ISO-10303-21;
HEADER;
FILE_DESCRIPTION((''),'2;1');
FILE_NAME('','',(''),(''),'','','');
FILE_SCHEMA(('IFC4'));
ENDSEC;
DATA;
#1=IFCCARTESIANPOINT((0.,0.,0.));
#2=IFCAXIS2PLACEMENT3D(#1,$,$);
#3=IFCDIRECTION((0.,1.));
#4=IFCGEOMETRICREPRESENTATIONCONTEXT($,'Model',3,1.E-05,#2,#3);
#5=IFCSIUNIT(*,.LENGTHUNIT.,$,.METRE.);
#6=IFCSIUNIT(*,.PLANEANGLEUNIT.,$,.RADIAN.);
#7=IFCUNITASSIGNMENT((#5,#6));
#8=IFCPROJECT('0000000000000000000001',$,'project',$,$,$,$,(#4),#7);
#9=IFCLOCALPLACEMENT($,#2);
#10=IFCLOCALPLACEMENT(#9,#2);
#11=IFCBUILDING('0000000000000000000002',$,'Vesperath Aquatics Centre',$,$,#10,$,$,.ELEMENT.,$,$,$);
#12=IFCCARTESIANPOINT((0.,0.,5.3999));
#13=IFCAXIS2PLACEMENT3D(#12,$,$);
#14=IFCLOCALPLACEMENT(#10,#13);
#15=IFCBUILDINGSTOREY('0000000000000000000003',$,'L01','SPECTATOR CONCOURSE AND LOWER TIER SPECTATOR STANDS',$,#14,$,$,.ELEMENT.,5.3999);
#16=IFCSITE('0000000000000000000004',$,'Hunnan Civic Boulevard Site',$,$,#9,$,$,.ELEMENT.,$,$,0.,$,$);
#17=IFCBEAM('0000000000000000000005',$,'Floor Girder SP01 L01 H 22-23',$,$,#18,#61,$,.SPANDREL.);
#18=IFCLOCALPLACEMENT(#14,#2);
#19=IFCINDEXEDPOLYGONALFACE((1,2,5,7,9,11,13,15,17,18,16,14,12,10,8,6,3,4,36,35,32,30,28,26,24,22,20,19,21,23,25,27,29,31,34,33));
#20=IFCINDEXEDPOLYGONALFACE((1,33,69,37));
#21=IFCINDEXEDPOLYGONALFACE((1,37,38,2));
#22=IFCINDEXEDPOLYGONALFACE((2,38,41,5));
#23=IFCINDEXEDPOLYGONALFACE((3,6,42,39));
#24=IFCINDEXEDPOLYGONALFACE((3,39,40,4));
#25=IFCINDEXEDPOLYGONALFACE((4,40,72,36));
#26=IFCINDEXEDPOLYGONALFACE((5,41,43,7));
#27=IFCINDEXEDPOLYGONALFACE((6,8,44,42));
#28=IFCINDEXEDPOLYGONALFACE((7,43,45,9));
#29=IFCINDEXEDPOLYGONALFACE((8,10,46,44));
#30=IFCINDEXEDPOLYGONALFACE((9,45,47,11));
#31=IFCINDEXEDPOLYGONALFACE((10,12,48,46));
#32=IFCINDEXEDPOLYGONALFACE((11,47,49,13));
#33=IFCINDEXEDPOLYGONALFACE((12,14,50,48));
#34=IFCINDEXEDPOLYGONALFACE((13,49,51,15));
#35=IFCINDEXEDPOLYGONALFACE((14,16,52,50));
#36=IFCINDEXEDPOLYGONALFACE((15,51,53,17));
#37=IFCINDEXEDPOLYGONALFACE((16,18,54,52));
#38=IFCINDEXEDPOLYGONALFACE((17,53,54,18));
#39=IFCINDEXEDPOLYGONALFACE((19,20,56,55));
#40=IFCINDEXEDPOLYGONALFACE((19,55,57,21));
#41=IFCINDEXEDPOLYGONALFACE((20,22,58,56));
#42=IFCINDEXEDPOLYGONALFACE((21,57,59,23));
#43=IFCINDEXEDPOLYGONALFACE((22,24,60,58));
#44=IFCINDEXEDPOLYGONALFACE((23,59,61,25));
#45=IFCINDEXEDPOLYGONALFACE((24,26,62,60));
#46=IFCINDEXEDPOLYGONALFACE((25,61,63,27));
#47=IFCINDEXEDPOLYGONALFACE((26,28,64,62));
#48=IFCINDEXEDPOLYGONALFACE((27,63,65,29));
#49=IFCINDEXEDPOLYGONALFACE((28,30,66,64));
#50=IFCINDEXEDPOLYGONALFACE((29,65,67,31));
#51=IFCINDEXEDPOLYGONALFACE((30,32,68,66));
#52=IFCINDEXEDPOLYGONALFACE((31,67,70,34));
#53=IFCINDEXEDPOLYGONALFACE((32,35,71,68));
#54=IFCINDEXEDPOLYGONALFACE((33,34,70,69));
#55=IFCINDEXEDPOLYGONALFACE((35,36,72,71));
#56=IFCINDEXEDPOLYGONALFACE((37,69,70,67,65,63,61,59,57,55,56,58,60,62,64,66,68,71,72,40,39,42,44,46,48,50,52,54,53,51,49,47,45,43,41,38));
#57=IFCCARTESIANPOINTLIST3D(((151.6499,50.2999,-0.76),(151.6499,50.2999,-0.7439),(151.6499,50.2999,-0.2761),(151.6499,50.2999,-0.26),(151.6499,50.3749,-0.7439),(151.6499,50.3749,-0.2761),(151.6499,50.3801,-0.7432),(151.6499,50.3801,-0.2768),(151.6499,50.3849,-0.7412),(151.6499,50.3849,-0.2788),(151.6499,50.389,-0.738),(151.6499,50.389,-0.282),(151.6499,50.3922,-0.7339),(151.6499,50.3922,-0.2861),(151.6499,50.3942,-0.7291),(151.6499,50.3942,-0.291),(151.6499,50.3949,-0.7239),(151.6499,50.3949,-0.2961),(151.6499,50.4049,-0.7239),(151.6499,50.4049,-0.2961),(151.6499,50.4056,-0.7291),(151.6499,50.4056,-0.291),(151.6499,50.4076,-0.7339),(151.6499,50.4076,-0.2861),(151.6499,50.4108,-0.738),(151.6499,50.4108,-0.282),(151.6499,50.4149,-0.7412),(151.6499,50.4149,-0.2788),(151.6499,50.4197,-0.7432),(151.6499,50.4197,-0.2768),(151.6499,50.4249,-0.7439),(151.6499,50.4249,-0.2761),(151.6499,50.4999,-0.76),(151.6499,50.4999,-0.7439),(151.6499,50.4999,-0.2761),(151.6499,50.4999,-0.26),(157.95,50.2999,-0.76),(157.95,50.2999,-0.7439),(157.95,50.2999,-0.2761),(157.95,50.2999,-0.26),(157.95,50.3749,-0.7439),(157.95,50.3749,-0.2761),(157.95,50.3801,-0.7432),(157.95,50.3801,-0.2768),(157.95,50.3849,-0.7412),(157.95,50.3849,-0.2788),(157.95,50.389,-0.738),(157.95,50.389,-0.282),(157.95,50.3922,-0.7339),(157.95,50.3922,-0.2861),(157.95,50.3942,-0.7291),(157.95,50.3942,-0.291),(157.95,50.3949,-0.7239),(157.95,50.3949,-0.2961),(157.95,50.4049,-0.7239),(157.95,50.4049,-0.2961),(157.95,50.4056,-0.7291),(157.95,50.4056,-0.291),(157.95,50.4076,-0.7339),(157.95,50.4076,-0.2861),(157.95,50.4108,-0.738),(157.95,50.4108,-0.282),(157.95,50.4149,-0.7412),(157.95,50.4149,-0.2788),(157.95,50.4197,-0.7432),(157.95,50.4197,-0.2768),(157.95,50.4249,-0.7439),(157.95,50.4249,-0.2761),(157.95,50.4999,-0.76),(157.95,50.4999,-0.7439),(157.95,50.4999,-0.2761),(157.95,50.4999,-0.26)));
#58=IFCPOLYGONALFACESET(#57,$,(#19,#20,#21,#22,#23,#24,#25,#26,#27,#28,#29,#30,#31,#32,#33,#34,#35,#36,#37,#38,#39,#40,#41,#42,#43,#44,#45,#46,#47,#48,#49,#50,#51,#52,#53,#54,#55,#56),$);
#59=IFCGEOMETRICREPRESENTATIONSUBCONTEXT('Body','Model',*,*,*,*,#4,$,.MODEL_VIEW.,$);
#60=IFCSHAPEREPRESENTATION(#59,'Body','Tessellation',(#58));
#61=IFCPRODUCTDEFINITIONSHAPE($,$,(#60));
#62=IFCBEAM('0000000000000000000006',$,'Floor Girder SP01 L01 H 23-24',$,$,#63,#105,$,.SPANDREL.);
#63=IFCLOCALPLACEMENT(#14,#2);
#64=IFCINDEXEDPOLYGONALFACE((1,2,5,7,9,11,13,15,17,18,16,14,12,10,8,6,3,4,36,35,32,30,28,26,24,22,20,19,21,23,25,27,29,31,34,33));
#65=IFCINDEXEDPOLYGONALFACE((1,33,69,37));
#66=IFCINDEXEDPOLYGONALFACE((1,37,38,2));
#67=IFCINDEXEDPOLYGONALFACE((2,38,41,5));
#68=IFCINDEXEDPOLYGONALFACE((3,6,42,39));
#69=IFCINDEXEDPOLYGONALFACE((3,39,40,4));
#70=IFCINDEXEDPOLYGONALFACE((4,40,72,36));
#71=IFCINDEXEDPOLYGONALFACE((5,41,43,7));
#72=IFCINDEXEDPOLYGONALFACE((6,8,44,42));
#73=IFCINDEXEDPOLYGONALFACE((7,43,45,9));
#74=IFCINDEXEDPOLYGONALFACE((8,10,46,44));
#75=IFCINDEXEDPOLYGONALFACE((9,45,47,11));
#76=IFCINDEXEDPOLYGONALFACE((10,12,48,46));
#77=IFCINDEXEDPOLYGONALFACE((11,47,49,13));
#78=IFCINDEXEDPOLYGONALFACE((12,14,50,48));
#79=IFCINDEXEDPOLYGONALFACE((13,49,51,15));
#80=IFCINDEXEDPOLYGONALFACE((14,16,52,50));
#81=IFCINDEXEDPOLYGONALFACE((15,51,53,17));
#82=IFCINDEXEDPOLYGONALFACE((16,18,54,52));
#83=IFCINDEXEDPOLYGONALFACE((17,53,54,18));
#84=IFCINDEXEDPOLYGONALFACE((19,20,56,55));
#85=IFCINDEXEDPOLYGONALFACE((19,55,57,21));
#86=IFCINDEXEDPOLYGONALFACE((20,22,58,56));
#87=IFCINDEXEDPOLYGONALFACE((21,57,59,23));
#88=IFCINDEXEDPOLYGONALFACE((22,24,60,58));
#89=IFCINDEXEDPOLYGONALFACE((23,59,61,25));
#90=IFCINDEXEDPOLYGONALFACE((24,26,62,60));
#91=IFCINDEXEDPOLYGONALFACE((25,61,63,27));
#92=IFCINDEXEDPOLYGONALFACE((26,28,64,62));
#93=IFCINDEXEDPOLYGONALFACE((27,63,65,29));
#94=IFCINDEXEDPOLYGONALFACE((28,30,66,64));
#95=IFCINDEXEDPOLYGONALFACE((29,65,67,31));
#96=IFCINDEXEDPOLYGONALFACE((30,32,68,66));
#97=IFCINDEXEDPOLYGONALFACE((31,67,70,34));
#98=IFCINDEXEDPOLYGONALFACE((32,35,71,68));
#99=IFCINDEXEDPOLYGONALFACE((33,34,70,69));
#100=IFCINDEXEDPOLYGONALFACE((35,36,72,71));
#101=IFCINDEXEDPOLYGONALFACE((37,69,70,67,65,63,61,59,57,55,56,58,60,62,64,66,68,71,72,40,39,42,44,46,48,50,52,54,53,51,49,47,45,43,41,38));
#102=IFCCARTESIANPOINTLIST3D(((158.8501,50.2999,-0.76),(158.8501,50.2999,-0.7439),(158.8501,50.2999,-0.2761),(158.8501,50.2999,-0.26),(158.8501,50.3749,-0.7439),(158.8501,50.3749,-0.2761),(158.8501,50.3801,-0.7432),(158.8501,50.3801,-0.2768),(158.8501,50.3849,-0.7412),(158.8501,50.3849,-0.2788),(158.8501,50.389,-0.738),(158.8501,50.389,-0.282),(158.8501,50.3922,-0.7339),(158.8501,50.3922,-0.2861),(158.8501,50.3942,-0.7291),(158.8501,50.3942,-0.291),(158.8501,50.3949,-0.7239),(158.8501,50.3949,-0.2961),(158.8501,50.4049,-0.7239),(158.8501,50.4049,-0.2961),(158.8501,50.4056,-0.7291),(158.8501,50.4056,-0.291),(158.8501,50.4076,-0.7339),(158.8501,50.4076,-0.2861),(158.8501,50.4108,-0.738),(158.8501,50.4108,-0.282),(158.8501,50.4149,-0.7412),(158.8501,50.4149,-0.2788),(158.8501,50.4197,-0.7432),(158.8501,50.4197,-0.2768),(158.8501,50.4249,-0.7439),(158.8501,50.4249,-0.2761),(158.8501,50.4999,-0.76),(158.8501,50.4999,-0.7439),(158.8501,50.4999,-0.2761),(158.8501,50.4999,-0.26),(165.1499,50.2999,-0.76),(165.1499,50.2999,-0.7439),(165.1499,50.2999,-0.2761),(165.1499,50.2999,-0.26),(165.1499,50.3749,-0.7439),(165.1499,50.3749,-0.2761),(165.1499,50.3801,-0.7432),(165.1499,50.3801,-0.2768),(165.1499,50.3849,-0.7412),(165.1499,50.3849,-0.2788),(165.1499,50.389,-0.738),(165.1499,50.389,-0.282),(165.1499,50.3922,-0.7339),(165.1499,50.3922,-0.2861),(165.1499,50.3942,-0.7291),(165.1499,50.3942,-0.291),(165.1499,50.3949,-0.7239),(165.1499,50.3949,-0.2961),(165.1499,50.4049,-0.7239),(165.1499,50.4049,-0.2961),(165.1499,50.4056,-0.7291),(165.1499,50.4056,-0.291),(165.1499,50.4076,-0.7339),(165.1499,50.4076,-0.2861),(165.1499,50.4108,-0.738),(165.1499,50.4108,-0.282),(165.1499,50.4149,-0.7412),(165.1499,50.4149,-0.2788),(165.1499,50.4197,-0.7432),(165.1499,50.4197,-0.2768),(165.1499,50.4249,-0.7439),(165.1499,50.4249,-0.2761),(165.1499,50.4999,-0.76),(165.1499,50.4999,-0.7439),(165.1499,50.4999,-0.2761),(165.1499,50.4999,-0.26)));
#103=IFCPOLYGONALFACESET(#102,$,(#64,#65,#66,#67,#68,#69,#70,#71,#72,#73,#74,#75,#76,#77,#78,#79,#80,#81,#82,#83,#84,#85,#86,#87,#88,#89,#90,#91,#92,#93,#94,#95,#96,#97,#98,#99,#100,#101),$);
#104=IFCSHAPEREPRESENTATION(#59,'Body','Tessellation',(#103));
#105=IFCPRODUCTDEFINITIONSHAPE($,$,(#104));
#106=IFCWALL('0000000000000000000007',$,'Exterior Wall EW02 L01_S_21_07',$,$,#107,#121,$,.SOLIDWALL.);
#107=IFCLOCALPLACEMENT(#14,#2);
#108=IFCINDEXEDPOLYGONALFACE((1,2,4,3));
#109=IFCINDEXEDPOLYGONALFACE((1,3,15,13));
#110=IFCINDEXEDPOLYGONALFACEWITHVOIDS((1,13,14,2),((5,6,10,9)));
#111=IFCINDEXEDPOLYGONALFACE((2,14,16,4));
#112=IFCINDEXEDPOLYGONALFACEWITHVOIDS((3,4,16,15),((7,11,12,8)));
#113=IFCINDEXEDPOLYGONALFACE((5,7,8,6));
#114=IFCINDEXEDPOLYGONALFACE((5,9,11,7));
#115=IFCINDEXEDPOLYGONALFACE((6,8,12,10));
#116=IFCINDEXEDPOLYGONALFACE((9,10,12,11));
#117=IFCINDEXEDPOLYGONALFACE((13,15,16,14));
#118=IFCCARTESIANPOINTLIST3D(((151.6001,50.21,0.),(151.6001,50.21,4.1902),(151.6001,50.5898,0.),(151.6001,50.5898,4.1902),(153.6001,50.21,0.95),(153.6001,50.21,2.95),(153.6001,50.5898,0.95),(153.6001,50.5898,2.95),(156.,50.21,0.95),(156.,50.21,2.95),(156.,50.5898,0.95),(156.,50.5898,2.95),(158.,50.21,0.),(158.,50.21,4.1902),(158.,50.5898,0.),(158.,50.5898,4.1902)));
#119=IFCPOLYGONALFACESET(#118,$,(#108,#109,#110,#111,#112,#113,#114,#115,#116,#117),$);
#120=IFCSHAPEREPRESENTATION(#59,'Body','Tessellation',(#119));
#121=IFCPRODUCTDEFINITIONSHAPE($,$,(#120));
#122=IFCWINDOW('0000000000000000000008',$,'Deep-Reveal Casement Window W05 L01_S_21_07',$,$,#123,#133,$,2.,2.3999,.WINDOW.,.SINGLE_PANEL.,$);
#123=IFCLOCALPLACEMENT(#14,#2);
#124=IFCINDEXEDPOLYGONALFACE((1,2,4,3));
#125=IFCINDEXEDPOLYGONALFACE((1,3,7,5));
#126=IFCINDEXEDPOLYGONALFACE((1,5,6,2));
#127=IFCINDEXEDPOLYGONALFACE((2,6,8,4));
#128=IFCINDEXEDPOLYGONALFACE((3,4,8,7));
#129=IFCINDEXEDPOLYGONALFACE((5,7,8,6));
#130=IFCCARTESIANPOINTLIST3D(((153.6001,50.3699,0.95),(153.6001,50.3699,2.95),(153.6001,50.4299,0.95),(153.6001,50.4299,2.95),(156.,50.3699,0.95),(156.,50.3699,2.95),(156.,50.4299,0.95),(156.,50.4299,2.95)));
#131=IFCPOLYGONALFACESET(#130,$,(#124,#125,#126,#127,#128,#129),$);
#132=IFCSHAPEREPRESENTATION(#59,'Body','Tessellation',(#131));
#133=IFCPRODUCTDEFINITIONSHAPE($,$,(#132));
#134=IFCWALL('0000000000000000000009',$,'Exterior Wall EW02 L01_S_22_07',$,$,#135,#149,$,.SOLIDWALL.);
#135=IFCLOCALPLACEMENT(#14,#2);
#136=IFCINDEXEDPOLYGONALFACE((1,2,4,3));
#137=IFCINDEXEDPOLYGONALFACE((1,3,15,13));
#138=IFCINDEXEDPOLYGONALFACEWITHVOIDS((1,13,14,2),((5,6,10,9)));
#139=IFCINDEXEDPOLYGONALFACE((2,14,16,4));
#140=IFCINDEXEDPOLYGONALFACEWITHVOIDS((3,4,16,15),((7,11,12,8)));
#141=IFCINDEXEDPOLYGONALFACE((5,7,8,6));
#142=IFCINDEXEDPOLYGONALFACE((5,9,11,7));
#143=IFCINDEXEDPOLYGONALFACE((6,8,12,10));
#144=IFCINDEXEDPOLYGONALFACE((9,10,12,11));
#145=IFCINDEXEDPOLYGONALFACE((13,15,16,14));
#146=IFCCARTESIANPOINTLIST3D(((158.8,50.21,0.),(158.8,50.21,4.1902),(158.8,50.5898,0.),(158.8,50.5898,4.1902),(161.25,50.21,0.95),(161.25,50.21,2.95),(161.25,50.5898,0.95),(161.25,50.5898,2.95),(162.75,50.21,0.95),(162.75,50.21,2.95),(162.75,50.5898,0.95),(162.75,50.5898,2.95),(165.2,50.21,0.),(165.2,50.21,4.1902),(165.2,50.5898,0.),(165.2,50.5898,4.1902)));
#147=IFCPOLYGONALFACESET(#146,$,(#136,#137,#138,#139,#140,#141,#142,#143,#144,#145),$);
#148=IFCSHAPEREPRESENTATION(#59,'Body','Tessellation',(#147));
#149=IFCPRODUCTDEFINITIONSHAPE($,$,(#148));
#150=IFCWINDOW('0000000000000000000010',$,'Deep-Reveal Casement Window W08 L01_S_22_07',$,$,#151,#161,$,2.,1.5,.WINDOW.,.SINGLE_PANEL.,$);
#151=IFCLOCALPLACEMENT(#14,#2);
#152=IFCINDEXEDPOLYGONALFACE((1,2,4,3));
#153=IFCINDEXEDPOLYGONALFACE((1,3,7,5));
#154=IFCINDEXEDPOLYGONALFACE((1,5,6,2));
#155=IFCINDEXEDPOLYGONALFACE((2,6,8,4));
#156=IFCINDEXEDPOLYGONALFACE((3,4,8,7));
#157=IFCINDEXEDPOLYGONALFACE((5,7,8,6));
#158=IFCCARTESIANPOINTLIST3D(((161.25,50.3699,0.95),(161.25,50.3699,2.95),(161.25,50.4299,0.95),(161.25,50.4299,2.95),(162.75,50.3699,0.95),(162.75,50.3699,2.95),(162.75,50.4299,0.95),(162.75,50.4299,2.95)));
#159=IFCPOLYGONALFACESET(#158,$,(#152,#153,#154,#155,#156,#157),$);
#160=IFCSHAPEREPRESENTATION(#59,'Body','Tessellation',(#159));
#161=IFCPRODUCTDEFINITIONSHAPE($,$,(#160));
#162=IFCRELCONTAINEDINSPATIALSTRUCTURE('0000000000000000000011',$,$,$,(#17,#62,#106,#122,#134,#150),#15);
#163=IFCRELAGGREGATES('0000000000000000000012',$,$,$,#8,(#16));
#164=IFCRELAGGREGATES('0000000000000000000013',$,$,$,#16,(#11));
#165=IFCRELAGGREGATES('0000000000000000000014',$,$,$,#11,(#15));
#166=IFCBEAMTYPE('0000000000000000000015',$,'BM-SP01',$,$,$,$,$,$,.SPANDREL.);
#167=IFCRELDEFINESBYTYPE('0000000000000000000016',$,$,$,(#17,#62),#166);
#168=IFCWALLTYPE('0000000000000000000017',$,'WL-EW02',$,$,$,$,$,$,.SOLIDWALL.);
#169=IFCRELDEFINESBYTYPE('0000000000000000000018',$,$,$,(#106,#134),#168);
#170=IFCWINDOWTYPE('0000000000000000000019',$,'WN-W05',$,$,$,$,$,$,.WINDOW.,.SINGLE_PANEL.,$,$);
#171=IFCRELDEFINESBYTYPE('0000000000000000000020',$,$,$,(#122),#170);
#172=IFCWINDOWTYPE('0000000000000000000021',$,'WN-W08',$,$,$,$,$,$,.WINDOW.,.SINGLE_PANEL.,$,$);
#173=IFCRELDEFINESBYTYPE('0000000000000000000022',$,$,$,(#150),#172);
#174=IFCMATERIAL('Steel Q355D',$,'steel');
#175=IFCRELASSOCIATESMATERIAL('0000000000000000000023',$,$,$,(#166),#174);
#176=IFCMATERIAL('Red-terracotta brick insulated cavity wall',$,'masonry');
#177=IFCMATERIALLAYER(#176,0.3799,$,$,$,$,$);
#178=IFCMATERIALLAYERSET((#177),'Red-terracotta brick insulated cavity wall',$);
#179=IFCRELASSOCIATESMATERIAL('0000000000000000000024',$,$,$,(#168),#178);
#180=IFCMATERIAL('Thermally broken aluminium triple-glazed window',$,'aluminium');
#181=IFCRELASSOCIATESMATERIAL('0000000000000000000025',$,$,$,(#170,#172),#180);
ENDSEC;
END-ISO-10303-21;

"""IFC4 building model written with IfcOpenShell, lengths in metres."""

from ifc_helpers import new_model, si_unit, direction, frame, frame_2d, origin, origin_2d, place, context, subcontext, project, spatial, rectangle, i_section, extrude, material, layer, layer_set, material_profile, profile_set, type_object, element, fill, save


model = new_model("IFC4")

# Units and contexts
model_context = context("Model", 3, precision=1e-05, world=origin(), true_north=direction((0.0, 1.0)))
body_context = subcontext(model_context, "Body", "Model", "MODEL_VIEW")
ifc_project = project(units=[si_unit("LENGTHUNIT", "METRE"), si_unit("PLANEANGLEUNIT", "RADIAN")], contexts=[model_context])

# Site, building, storey
site_placement = place(None, origin())
site = spatial("IfcSite", under=ifc_project, at=site_placement, Name="Hunnan Civic Boulevard Site", CompositionType="ELEMENT", RefElevation=0.0)
building_placement = place(site_placement, origin())
building = spatial("IfcBuilding", under=site, at=building_placement, Name="Vesperath Aquatics Centre", CompositionType="ELEMENT")
storey_placement = place(building_placement, frame((0.0, 0.0, 5.3999)))
storey = spatial("IfcBuildingStorey", under=building, at=storey_placement, Name="L01", Description="SPECTATOR CONCOURSE AND LOWER TIER SPECTATOR STANDS", CompositionType="ELEMENT", Elevation=5.3999)

# Beams
ifc_material_1 = material(Name="Steel Q355D", Category="steel")
ifc_material_profile_1 = material_profile(ifc_material_1, i_section(OverallWidth=0.2, OverallDepth=0.5, WebThickness=0.01, FlangeThickness=0.0161, FilletRadius=0.02, at=origin_2d()), Name="HN 500x200x10x16")
ifc_profile_set_1 = profile_set([ifc_material_profile_1], Name="Steel Q355D")
beam_type_1 = type_object("IfcBeamType", Name="BM-SP01", PredefinedType="SPANDREL", material=ifc_profile_set_1)
for number, where, z_axis, x_axis, name in (
    (1, (151.6499, 50.3999, -0.51), (1.0, 0.0, 0.0), (0.0, 1.0, 0.0), "Floor Girder SP01 L01 H 22-23"),
):
    element("IfcBeam", number, at=place(storey_placement, frame(where, z_axis=z_axis, x_axis=x_axis)), inside=storey, type_object=beam_type_1, Name=name, PredefinedType="SPANDREL", context=body_context, shape_type="SweptSolid", body=[
        extrude(i_section(OverallWidth=0.2, OverallDepth=0.5, WebThickness=0.01, FlangeThickness=0.0161, FilletRadius=0.02, at=origin_2d()), origin(), (0.0, 0.0, 1.0), 6.3),
    ])
beam_1_placement = place(storey_placement, frame((158.8501, 50.3999, -0.51), z_axis=(1.0, 0.0, 0.0), x_axis=(0.0, 1.0, 0.0)))
element("IfcBeam", 2, at=beam_1_placement, inside=storey, type_object=beam_type_1, Name="Floor Girder SP01 L01 H 23-24", PredefinedType="SPANDREL", context=body_context, shape_type="SweptSolid", body=[
    extrude(i_section(OverallWidth=0.2, OverallDepth=0.5, WebThickness=0.01, FlangeThickness=0.0161, FilletRadius=0.02, at=origin_2d()), origin(), (0.0, 0.0, 1.0), 6.2998),
])

# Walls, openings, windows
ifc_material_2 = material(Name="Red-terracotta brick insulated cavity wall", Category="masonry")
ifc_layer_1 = layer(ifc_material_2, 0.3799)
ifc_layer_set_1 = layer_set([ifc_layer_1], Name="Red-terracotta brick insulated cavity wall")
wall_type_1 = type_object("IfcWallType", Name="WL-EW02", PredefinedType="SOLIDWALL", material=ifc_layer_set_1)
wall_1_placement = place(storey_placement, frame((151.6001, 50.3999, 0.0), z_axis=(0.0, 0.0, 1.0), x_axis=(1.0, 0.0, 0.0)))
wall_1 = element("IfcWall", 3, at=wall_1_placement, inside=storey, type_object=wall_type_1, Name="Exterior Wall EW02 L01_S_21_07", PredefinedType="SOLIDWALL", context=body_context, shape_type="SweptSolid", body=[
    extrude(rectangle(XDim=6.3999, YDim=0.3799, at=frame_2d((3.2, 0.0))), origin(), (0.0, 0.0, 1.0), 4.1902),
])
opening_1_placement = place(wall_1_placement, frame((2.0, 0.0, 0.95)))
opening_1 = element("IfcOpeningElement", 4, at=opening_1_placement, cuts=wall_1, PredefinedType="OPENING", context=body_context, shape_type="SweptSolid", body=[
    extrude(rectangle(XDim=2.3999, YDim=2.0, at=frame_2d((1.2, 1.0))), frame((0.0, 0.2048, 0.0), z_axis=(0.0, -1.0, 0.0), x_axis=(1.0, 0.0, 0.0)), (0.0, 0.0, 1.0), 0.4097),
])
ifc_material_3 = material(Name="Thermally broken aluminium triple-glazed window", Category="aluminium")
window_type_1 = type_object("IfcWindowType", Name="WN-W05", PartitioningType="SINGLE_PANEL", PredefinedType="WINDOW", material=ifc_material_3)
window_1_placement = place(opening_1_placement, origin())
window_1 = element("IfcWindow", 5, at=window_1_placement, inside=storey, type_object=window_type_1, Name="Deep-Reveal Casement Window W05 L01_S_21_07", OverallHeight=2.0, OverallWidth=2.3999, PartitioningType="SINGLE_PANEL", PredefinedType="WINDOW", context=body_context, shape_type="SweptSolid", body=[
    extrude(rectangle(XDim=2.3999, YDim=2.0, at=frame_2d((1.2, 1.0))), frame((0.0, 0.03, 0.0), z_axis=(0.0, -1.0, 0.0), x_axis=(1.0, 0.0, 0.0)), (0.0, 0.0, 1.0), 0.0601),
])
fill(opening_1, window_1)
wall_2_placement = place(storey_placement, frame((158.8, 50.3999, 0.0), z_axis=(0.0, 0.0, 1.0), x_axis=(1.0, 0.0, 0.0)))
wall_2 = element("IfcWall", 6, at=wall_2_placement, inside=storey, type_object=wall_type_1, Name="Exterior Wall EW02 L01_S_22_07", PredefinedType="SOLIDWALL", context=body_context, shape_type="SweptSolid", body=[
    extrude(rectangle(XDim=6.3999, YDim=0.3799, at=frame_2d((3.2, 0.0))), origin(), (0.0, 0.0, 1.0), 4.1902),
])
opening_2_placement = place(wall_2_placement, frame((2.45, 0.0, 0.95)))
opening_2 = element("IfcOpeningElement", 7, at=opening_2_placement, cuts=wall_2, PredefinedType="OPENING", context=body_context, shape_type="SweptSolid", body=[
    extrude(rectangle(XDim=1.5, YDim=2.0, at=frame_2d((0.75, 1.0))), frame((0.0, 0.2048, 0.0), z_axis=(0.0, -1.0, 0.0), x_axis=(1.0, 0.0, 0.0)), (0.0, 0.0, 1.0), 0.4097),
])
window_type_2 = type_object("IfcWindowType", Name="WN-W08", PartitioningType="SINGLE_PANEL", PredefinedType="WINDOW", material=ifc_material_3)
window_2_placement = place(opening_2_placement, origin())
window_2 = element("IfcWindow", 8, at=window_2_placement, inside=storey, type_object=window_type_2, Name="Deep-Reveal Casement Window W08 L01_S_22_07", OverallHeight=2.0, OverallWidth=1.5, PartitioningType="SINGLE_PANEL", PredefinedType="WINDOW", context=body_context, shape_type="SweptSolid", body=[
    extrude(rectangle(XDim=1.5, YDim=2.0, at=frame_2d((0.75, 1.0))), frame((0.0, 0.03, 0.0), z_axis=(0.0, -1.0, 0.0), x_axis=(1.0, 0.0, 0.0)), (0.0, 0.0, 1.0), 0.0601),
])
fill(opening_2, window_2)

save(model, "model.ifc")
